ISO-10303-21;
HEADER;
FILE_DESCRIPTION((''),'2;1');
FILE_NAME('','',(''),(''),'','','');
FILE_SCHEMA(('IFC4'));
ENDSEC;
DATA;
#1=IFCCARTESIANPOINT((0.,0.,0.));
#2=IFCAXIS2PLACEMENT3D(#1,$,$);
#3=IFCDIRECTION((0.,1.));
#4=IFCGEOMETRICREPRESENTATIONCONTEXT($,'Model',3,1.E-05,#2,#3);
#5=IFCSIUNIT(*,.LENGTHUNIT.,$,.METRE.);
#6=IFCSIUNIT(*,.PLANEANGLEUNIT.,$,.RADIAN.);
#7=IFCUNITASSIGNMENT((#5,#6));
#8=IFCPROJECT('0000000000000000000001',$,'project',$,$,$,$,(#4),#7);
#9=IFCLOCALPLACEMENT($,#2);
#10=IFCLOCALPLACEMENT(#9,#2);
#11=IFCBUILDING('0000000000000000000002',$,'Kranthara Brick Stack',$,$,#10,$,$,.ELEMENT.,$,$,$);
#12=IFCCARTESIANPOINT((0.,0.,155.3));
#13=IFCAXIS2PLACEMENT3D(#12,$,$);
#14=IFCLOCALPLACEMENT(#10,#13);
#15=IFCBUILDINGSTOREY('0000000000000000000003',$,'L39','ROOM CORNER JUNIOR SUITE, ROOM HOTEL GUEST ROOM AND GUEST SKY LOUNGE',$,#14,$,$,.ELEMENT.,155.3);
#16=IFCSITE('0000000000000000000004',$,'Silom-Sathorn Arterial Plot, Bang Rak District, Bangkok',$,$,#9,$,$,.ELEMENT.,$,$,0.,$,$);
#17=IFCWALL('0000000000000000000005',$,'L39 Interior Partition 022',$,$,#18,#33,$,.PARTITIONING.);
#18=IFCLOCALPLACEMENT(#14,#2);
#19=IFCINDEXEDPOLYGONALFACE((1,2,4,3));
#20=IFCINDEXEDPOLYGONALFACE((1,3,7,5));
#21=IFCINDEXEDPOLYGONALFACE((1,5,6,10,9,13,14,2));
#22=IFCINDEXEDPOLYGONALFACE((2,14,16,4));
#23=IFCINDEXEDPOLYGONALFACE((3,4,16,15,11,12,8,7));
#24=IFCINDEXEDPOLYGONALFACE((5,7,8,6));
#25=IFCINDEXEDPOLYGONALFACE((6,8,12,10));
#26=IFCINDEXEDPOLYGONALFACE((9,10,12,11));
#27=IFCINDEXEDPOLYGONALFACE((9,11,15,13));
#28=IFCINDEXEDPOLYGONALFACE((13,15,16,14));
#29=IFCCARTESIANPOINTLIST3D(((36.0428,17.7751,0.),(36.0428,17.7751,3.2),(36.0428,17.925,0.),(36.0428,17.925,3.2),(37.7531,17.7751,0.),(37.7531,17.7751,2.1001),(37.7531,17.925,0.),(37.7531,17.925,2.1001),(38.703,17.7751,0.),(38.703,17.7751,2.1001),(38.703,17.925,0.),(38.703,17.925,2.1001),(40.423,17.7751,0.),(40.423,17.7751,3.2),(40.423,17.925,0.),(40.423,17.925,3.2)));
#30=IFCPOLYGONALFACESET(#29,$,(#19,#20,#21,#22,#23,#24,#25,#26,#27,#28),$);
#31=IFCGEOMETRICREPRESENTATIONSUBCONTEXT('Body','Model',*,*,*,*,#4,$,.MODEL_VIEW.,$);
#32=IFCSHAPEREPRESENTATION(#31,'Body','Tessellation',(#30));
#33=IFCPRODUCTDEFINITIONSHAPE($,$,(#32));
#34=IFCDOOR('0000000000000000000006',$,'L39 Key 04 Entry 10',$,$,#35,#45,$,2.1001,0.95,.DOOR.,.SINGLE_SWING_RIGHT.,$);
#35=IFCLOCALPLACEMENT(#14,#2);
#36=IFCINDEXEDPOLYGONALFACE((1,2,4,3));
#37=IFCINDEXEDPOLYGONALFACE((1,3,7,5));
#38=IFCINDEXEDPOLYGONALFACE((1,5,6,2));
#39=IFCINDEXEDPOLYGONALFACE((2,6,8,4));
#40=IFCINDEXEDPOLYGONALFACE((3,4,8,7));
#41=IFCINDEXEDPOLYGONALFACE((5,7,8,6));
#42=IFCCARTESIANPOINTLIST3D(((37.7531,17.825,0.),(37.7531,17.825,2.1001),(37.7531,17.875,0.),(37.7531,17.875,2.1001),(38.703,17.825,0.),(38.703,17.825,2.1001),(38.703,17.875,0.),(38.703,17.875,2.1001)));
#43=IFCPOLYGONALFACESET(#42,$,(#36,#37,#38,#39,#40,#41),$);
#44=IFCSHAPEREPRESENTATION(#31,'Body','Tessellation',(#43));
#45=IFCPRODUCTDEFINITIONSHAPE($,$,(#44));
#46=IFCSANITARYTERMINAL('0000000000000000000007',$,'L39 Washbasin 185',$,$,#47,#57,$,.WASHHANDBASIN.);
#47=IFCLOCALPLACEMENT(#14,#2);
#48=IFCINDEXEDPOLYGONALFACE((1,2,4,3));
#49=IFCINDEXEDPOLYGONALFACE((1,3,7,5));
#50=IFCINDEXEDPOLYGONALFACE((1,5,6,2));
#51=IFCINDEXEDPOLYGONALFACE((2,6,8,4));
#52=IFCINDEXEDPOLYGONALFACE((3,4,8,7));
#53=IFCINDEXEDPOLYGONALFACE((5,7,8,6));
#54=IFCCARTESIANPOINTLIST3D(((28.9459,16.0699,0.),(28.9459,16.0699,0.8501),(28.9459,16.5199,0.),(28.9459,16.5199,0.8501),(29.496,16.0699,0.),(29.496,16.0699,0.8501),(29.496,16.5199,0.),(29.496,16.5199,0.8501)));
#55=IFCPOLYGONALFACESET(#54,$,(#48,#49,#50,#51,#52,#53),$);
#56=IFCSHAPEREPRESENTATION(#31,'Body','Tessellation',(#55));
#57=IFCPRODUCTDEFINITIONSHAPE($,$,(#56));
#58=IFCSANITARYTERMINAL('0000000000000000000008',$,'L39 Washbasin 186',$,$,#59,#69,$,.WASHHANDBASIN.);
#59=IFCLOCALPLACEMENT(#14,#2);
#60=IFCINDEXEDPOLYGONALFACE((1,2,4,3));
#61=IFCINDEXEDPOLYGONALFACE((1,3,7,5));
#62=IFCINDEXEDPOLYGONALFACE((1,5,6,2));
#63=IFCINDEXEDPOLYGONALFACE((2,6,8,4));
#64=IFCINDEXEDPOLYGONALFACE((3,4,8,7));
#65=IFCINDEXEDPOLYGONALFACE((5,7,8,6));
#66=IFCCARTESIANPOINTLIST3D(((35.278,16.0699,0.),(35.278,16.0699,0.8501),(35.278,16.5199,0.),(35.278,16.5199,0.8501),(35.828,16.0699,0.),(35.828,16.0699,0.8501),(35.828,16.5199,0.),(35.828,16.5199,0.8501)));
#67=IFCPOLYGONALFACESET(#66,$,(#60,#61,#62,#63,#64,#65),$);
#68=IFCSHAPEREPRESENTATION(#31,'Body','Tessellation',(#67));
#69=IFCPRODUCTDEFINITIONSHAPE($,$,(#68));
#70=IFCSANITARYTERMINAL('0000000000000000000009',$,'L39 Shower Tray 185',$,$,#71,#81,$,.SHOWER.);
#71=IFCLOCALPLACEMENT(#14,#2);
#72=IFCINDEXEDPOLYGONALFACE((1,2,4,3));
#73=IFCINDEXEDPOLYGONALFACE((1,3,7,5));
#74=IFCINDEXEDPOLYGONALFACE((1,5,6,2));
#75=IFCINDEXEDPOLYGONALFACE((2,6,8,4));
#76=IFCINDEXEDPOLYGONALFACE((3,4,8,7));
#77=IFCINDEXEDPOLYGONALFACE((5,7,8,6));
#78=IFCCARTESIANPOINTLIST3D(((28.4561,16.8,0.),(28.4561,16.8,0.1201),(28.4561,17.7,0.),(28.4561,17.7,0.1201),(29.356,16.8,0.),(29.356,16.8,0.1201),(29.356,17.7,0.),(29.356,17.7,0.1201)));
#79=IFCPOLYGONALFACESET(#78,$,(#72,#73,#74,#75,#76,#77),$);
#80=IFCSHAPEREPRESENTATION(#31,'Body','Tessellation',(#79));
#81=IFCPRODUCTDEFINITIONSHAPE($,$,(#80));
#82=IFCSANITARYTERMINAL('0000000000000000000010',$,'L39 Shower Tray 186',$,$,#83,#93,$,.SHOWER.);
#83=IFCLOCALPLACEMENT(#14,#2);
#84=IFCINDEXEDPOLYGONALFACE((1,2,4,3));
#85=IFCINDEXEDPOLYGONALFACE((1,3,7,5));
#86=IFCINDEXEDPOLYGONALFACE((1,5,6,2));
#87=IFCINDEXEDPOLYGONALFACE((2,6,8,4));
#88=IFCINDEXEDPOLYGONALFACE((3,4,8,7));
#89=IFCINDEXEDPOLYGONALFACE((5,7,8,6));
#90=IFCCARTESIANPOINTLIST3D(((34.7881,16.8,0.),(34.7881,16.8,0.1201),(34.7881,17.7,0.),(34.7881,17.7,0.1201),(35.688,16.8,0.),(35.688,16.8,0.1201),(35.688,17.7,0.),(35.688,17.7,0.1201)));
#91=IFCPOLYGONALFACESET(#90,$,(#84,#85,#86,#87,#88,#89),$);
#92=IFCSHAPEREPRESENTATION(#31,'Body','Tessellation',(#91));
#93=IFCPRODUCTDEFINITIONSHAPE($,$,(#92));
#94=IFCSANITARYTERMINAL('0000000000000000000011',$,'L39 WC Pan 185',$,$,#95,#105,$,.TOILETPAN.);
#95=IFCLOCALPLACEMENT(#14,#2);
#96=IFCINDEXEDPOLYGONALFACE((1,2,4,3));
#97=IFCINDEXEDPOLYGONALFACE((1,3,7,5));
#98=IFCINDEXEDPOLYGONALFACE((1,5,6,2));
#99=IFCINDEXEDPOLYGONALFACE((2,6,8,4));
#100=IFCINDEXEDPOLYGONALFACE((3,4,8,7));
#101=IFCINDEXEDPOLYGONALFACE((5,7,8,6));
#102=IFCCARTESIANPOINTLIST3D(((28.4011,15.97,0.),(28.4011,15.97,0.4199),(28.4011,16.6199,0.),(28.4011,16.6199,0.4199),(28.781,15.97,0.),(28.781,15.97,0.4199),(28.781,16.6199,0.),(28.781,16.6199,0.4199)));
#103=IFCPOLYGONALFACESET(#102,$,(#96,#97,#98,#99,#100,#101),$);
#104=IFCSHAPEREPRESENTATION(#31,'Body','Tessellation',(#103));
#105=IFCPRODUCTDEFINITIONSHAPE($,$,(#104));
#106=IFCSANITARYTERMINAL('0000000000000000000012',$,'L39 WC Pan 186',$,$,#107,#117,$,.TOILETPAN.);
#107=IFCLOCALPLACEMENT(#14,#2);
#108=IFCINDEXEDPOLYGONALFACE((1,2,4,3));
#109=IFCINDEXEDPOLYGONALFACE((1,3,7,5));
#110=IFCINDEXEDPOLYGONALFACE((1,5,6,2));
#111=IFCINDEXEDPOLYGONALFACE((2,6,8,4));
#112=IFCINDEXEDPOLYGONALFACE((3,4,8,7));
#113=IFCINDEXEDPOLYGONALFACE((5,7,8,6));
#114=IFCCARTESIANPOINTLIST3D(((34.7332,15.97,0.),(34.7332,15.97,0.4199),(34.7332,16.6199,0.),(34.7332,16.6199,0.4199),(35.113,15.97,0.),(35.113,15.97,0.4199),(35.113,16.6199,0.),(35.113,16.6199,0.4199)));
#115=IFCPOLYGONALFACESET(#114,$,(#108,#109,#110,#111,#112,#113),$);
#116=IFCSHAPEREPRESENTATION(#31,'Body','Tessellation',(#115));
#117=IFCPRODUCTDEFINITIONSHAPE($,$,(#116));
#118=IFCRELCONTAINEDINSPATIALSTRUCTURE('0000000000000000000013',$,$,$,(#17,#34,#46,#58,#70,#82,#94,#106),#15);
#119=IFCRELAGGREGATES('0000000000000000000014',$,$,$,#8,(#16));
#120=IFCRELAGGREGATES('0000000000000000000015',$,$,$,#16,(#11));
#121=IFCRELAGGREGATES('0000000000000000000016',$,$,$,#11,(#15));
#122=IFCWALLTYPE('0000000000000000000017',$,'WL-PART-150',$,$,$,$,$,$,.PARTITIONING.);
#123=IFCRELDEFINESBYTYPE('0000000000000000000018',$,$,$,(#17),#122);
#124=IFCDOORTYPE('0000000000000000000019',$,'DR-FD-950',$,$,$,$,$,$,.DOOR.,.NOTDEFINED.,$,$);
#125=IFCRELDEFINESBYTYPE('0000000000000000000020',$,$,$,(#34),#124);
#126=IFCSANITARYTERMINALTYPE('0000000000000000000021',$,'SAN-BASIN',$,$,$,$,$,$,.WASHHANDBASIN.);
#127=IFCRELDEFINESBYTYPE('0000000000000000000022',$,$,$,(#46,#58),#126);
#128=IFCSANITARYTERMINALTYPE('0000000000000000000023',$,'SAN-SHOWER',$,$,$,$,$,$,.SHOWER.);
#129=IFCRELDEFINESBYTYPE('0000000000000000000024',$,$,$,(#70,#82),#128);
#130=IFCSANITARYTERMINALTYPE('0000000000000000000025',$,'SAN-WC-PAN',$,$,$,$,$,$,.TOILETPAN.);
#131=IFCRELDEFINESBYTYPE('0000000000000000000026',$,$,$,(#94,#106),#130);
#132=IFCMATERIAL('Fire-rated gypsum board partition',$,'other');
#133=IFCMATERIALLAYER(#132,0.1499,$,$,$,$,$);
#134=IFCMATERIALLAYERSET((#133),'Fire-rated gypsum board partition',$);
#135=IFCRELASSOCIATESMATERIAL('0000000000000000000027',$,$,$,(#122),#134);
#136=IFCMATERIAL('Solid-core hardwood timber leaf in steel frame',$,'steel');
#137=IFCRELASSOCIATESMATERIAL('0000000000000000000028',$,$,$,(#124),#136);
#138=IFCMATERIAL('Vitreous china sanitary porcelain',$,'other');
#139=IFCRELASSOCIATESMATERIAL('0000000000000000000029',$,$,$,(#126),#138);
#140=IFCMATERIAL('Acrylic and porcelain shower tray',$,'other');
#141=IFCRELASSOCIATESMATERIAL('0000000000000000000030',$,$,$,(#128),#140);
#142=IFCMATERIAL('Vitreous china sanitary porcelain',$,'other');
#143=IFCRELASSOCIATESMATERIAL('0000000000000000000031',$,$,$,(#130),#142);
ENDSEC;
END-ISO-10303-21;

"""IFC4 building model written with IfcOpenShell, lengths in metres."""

from ifc_helpers import new_model, si_unit, direction, frame, frame_2d, origin, origin_2d, place, context, subcontext, project, spatial, rectangle, extrude, material, layer, layer_set, type_object, element, fill, save


model = new_model("IFC4")

# Units and contexts
model_context = context("Model", 3, precision=1e-05, world=origin(), true_north=direction((0.0, 1.0)))
body_context = subcontext(model_context, "Body", "Model", "MODEL_VIEW")
ifc_project = project(units=[si_unit("LENGTHUNIT", "METRE"), si_unit("PLANEANGLEUNIT", "RADIAN")], contexts=[model_context])

# Site, building, storey
site_placement = place(None, origin())
site = spatial("IfcSite", under=ifc_project, at=site_placement, Name="Silom-Sathorn Arterial Plot, Bang Rak District, Bangkok", CompositionType="ELEMENT", RefElevation=0.0)
building_placement = place(site_placement, origin())
building = spatial("IfcBuilding", under=site, at=building_placement, Name="Kranthara Brick Stack", CompositionType="ELEMENT")
storey_placement = place(building_placement, frame((0.0, 0.0, 155.3)))
storey = spatial("IfcBuildingStorey", under=building, at=storey_placement, Name="L39", Description="ROOM CORNER JUNIOR SUITE, ROOM HOTEL GUEST ROOM AND GUEST SKY LOUNGE", CompositionType="ELEMENT", Elevation=155.3)

# Shared definitions
ifc_material_1 = material(Name="Fire-rated gypsum board partition", Category="other")
ifc_layer_1 = layer(ifc_material_1, 0.1499)
ifc_layer_set_1 = layer_set([ifc_layer_1], Name="Fire-rated gypsum board partition")
wall_type_1 = type_object("IfcWallType", Name="WL-PART-150", PredefinedType="PARTITIONING", material=ifc_layer_set_1)

# Shared definitions
ifc_material_2 = material(Name="Solid-core hardwood timber leaf in steel frame", Category="steel")
door_type_1 = type_object("IfcDoorType", Name="DR-FD-950", OperationType="NOTDEFINED", PredefinedType="DOOR", material=ifc_material_2)

# Wall, opening, door
wall_1_placement = place(storey_placement, frame((36.043, 17.8501, 0.0), z_axis=(0.0, 0.0, 1.0), x_axis=(1.0, 0.0, 0.0)))
wall_1 = element("IfcWall", 1, at=wall_1_placement, inside=storey, type_object=wall_type_1, Name="L39 Interior Partition 022", PredefinedType="PARTITIONING", context=body_context, shape_type="SweptSolid", body=[
    extrude(rectangle(XDim=4.3801, YDim=0.1499, at=frame_2d((2.1899, 0.0))), origin(), (0.0, 0.0, 1.0), 3.2),
])
opening_1_placement = place(wall_1_placement, frame((1.71, 0.0, 0.0)))
opening_1 = element("IfcOpeningElement", 2, at=opening_1_placement, cuts=wall_1, PredefinedType="OPENING", context=body_context, shape_type="SweptSolid", body=[
    extrude(rectangle(XDim=0.95, YDim=2.1001, at=frame_2d((0.4751, 1.05))), frame((0.0, 0.085, 0.0), z_axis=(0.0, -1.0, 0.0), x_axis=(1.0, 0.0, 0.0)), (0.0, 0.0, 1.0), 0.1699),
])
door_1_placement = place(opening_1_placement, origin())
door_1 = element("IfcDoor", 3, at=door_1_placement, inside=storey, type_object=door_type_1, Name="L39 Key 04 Entry 10", OperationType="SINGLE_SWING_RIGHT", OverallHeight=2.1001, OverallWidth=0.95, PredefinedType="DOOR", context=body_context, shape_type="SweptSolid", body=[
    extrude(rectangle(XDim=0.95, YDim=2.1001, at=frame_2d((0.4751, 1.05))), frame((0.0, 0.0249, 0.0), z_axis=(0.0, -1.0, 0.0), x_axis=(1.0, 0.0, 0.0)), (0.0, 0.0, 1.0), 0.05),
])
fill(opening_1, door_1)

# Sanitary terminals
ifc_material_3 = material(Name="Vitreous china sanitary porcelain", Category="other")
sanitary_terminal_type_1 = type_object("IfcSanitaryTerminalType", Name="SAN-BASIN", PredefinedType="WASHHANDBASIN", material=ifc_material_3)
for number, where, z_axis, x_axis, name in (
    (4, (29.2209, 16.2949, 0.0), (0.0, 0.0, 1.0), (1.0, 0.0, 0.0), "L39 Washbasin 185"),
    (5, (35.553, 16.2949, 0.0), (0.0, 0.0, 1.0), (1.0, 0.0, 0.0), "L39 Washbasin 186"),
):
    element("IfcSanitaryTerminal", number, at=place(storey_placement, frame(where, z_axis=z_axis, x_axis=x_axis)), inside=storey, type_object=sanitary_terminal_type_1, Name=name, PredefinedType="WASHHANDBASIN", context=body_context, shape_type="SweptSolid", body=[
        extrude(rectangle(XDim=0.55, YDim=0.45, at=origin_2d()), origin(), (0.0, 0.0, 1.0), 0.8501),
    ])
ifc_material_4 = material(Name="Acrylic and porcelain shower tray", Category="other")
sanitary_terminal_type_2 = type_object("IfcSanitaryTerminalType", Name="SAN-SHOWER", PredefinedType="SHOWER", material=ifc_material_4)
for number, where, z_axis, x_axis, name in (
    (6, (28.906, 17.25, 0.0), (0.0, 0.0, 1.0), (1.0, 0.0, 0.0), "L39 Shower Tray 185"),
    (7, (35.238, 17.25, 0.0), (0.0, 0.0, 1.0), (1.0, 0.0, 0.0), "L39 Shower Tray 186"),
):
    element("IfcSanitaryTerminal", number, at=place(storey_placement, frame(where, z_axis=z_axis, x_axis=x_axis)), inside=storey, type_object=sanitary_terminal_type_2, Name=name, PredefinedType="SHOWER", context=body_context, shape_type="SweptSolid", body=[
        extrude(rectangle(XDim=0.8999, YDim=0.8999, at=origin_2d()), origin(), (0.0, 0.0, 1.0), 0.1201),
    ])
ifc_material_5 = material(Name="Vitreous china sanitary porcelain", Category="other")
sanitary_terminal_type_3 = type_object("IfcSanitaryTerminalType", Name="SAN-WC-PAN", PredefinedType="TOILETPAN", material=ifc_material_5)
for number, where, z_axis, x_axis, name in (
    (8, (28.5911, 16.2949, 0.0), (0.0, 0.0, 1.0), (1.0, 0.0, 0.0), "L39 WC Pan 185"),
    (9, (34.9231, 16.2949, 0.0), (0.0, 0.0, 1.0), (1.0, 0.0, 0.0), "L39 WC Pan 186"),
):
    element("IfcSanitaryTerminal", number, at=place(storey_placement, frame(where, z_axis=z_axis, x_axis=x_axis)), inside=storey, type_object=sanitary_terminal_type_3, Name=name, PredefinedType="TOILETPAN", context=body_context, shape_type="SweptSolid", body=[
        extrude(rectangle(XDim=0.3799, YDim=0.6499, at=origin_2d()), origin(), (0.0, 0.0, 1.0), 0.4199),
    ])

save(model, "model.ifc")
